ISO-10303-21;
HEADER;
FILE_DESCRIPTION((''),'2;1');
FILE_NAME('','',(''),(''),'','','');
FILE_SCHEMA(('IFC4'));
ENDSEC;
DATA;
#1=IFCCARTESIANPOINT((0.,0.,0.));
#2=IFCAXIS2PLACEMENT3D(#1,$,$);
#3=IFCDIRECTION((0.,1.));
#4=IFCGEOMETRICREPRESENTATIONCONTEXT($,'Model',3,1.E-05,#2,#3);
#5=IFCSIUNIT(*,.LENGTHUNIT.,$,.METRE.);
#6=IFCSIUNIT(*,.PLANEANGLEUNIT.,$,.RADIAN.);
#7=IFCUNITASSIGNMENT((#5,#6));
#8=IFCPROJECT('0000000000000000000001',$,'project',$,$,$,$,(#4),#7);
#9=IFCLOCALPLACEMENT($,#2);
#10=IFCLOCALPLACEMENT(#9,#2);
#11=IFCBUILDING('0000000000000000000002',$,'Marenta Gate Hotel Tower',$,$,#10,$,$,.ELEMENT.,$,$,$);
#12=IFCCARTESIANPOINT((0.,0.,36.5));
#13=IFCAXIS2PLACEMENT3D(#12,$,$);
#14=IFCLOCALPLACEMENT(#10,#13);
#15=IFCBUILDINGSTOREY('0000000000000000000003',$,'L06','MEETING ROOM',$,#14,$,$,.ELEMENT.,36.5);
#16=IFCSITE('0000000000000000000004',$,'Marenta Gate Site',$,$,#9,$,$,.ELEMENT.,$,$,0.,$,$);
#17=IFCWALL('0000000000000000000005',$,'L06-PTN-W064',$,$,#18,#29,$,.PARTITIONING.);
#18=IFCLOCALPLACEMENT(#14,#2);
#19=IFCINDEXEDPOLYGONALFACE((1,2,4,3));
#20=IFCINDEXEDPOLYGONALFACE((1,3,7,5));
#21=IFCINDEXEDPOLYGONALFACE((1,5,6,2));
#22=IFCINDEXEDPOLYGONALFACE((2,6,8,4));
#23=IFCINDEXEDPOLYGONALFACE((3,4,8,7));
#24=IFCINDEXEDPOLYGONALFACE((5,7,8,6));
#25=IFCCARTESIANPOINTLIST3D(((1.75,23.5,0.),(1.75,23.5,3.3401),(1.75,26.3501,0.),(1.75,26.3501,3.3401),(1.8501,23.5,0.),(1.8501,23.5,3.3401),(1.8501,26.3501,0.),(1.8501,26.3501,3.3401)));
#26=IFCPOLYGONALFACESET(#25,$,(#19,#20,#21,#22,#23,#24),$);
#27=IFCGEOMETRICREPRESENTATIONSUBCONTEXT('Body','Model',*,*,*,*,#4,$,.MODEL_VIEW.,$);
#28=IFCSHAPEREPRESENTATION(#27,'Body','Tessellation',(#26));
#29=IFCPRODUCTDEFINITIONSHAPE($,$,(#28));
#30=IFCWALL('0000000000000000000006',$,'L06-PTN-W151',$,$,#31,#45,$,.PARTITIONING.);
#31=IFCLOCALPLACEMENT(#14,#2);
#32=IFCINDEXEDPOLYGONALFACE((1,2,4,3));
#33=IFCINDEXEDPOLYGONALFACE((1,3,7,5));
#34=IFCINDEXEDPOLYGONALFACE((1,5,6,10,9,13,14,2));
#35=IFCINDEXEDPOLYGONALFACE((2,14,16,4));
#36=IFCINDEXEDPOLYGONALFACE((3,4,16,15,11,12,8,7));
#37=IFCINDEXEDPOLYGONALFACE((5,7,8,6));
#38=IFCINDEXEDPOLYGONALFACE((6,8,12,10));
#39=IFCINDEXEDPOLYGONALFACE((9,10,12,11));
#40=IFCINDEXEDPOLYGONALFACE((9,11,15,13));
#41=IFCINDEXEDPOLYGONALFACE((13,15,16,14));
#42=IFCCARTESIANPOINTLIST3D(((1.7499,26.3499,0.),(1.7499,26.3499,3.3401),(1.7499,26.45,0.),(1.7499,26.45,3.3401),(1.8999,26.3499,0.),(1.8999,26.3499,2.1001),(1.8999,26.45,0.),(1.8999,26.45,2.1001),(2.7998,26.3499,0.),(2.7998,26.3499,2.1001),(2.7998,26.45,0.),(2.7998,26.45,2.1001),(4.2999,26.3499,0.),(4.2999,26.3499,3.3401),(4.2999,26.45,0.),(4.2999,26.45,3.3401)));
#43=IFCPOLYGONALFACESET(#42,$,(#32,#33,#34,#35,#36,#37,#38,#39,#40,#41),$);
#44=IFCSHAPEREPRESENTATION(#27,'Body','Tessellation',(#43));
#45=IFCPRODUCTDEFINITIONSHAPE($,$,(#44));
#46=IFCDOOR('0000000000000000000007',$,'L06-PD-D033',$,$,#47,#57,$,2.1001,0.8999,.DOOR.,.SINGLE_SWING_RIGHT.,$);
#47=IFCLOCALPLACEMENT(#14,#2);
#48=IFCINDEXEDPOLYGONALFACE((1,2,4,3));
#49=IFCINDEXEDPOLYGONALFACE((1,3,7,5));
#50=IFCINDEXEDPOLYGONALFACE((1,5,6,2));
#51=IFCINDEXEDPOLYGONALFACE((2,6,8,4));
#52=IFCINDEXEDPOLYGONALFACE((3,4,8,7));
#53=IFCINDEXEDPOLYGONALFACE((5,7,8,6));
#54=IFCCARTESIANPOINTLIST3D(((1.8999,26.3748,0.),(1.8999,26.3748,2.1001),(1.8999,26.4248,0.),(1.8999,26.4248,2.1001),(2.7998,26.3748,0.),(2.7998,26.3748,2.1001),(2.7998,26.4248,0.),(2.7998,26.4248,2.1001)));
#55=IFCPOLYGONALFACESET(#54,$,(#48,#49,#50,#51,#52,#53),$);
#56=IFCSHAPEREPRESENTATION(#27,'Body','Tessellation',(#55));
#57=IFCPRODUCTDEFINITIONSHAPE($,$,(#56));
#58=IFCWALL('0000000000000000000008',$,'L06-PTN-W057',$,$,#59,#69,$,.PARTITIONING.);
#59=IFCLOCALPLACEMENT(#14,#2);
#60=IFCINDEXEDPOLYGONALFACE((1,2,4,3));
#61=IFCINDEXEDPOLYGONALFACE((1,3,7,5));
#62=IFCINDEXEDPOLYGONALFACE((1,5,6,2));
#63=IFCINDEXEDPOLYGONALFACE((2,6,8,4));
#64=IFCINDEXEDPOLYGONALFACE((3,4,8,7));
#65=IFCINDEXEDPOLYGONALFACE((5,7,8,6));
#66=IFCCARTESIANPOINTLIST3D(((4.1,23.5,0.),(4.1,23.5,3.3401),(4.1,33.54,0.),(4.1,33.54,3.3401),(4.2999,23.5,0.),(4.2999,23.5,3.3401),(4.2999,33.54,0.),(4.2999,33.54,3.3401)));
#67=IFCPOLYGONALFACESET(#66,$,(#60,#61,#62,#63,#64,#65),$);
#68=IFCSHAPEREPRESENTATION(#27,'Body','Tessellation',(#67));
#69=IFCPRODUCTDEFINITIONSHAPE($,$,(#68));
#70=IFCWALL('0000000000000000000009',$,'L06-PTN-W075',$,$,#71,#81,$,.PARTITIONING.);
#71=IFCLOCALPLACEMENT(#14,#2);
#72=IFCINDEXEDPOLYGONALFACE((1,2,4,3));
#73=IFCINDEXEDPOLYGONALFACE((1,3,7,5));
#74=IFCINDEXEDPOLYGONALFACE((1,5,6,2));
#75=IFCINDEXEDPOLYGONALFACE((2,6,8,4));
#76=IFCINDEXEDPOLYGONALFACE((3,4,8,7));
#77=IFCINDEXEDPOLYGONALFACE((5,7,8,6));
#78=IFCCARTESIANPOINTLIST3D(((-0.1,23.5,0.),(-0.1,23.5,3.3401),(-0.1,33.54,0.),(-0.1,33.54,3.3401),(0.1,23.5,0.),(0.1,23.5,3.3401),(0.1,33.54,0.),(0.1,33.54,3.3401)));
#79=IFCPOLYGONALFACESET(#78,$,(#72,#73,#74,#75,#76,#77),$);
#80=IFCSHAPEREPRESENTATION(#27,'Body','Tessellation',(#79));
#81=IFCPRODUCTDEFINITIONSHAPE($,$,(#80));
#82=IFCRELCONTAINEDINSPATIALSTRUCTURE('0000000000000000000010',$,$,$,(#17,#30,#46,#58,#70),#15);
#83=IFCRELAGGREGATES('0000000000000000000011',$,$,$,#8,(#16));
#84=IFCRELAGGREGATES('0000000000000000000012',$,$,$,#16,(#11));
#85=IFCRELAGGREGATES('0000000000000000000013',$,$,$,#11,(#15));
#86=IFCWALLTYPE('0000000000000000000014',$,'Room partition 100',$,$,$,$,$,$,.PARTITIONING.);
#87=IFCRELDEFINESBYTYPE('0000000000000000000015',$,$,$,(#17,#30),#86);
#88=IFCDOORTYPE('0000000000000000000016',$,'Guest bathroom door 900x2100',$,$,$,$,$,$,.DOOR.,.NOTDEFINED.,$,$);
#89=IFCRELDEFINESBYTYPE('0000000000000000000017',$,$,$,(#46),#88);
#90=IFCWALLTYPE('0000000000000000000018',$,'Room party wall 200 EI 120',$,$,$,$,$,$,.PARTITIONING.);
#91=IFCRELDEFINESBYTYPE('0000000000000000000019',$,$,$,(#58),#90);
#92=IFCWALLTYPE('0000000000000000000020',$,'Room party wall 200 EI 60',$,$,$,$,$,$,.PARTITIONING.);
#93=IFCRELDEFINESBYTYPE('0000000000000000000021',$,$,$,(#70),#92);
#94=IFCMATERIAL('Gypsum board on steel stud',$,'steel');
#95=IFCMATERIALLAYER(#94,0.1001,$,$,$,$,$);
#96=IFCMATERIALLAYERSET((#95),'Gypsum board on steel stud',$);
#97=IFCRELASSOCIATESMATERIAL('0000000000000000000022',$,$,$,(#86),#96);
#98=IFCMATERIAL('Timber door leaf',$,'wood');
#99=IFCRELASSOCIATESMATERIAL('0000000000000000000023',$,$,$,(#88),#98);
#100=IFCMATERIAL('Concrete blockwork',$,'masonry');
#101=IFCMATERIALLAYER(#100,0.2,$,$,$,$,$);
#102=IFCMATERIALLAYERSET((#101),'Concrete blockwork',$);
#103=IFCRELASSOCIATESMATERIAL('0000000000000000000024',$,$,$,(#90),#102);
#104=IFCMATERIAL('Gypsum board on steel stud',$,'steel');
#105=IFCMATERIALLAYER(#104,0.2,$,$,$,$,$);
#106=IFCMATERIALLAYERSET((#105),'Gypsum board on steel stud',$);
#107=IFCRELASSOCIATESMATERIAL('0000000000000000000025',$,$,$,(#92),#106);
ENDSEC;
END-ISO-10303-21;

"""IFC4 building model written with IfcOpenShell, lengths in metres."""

from ifc_helpers import new_model, si_unit, direction, frame, frame_2d, origin, place, context, subcontext, project, spatial, rectangle, extrude, material, layer, layer_set, type_object, element, fill, save


model = new_model("IFC4")

# Units and contexts
model_context = context("Model", 3, precision=1e-05, world=origin(), true_north=direction((0.0, 1.0)))
body_context = subcontext(model_context, "Body", "Model", "MODEL_VIEW")
ifc_project = project(units=[si_unit("LENGTHUNIT", "METRE"), si_unit("PLANEANGLEUNIT", "RADIAN")], contexts=[model_context])

# Site, building, storey
site_placement = place(None, origin())
site = spatial("IfcSite", under=ifc_project, at=site_placement, Name="Marenta Gate Site", CompositionType="ELEMENT", RefElevation=0.0)
building_placement = place(site_placement, origin())
building = spatial("IfcBuilding", under=site, at=building_placement, Name="Marenta Gate Hotel Tower", CompositionType="ELEMENT")
storey_placement = place(building_placement, frame((0.0, 0.0, 36.5)))
storey = spatial("IfcBuildingStorey", under=building, at=storey_placement, Name="L06", Description="MEETING ROOM", CompositionType="ELEMENT", Elevation=36.5)

# Wall
ifc_material_1 = material(Name="Gypsum board on steel stud", Category="steel")
ifc_layer_1 = layer(ifc_material_1, 0.1001)
ifc_layer_set_1 = layer_set([ifc_layer_1], Name="Gypsum board on steel stud")
wall_type_1 = type_object("IfcWallType", Name="Room partition 100", PredefinedType="PARTITIONING", material=ifc_layer_set_1)
wall_1_placement = place(storey_placement, frame((1.8, 23.5, 0.0), z_axis=(0.0, 0.0, 1.0), x_axis=(0.0, 1.0, 0.0)))
element("IfcWall", 1, at=wall_1_placement, inside=storey, type_object=wall_type_1, Name="L06-PTN-W064", PredefinedType="PARTITIONING", context=body_context, shape_type="SweptSolid", body=[
    extrude(rectangle(XDim=2.8501, YDim=0.1001, at=frame_2d((1.425, 0.0))), origin(), (0.0, 0.0, 1.0), 3.3401),
])

# Wall, opening, door
wall_2_placement = place(storey_placement, frame((1.75, 26.3999, 0.0), z_axis=(0.0, 0.0, 1.0), x_axis=(1.0, 0.0, 0.0)))
wall_2 = element("IfcWall", 2, at=wall_2_placement, inside=storey, type_object=wall_type_1, Name="L06-PTN-W151", PredefinedType="PARTITIONING", context=body_context, shape_type="SweptSolid", body=[
    extrude(rectangle(XDim=2.55, YDim=0.1001, at=frame_2d((1.2749, 0.0))), origin(), (0.0, 0.0, 1.0), 3.3401),
])
opening_1_placement = place(wall_2_placement, frame((0.1499, 0.0, 0.0)))
opening_1 = element("IfcOpeningElement", 3, at=opening_1_placement, cuts=wall_2, PredefinedType="OPENING", context=body_context, shape_type="SweptSolid", body=[
    extrude(rectangle(XDim=0.8999, YDim=2.1001, at=frame_2d((0.45, 1.05))), frame((0.0, 0.05, 0.0), z_axis=(0.0, -1.0, 0.0), x_axis=(1.0, 0.0, 0.0)), (0.0, 0.0, 1.0), 0.1001),
])
ifc_material_2 = material(Name="Timber door leaf", Category="wood")
door_type_1 = type_object("IfcDoorType", Name="Guest bathroom door 900x2100", OperationType="NOTDEFINED", PredefinedType="DOOR", material=ifc_material_2)
door_1_placement = place(opening_1_placement, origin())
door_1 = element("IfcDoor", 4, at=door_1_placement, inside=storey, type_object=door_type_1, Name="L06-PD-D033", OperationType="SINGLE_SWING_RIGHT", OverallHeight=2.1001, OverallWidth=0.8999, PredefinedType="DOOR", context=body_context, shape_type="SweptSolid", body=[
    extrude(rectangle(XDim=0.8999, YDim=2.1001, at=frame_2d((0.45, 1.05))), frame((0.0, 0.0249, 0.0), z_axis=(0.0, -1.0, 0.0), x_axis=(1.0, 0.0, 0.0)), (0.0, 0.0, 1.0), 0.05),
])
fill(opening_1, door_1)

# Walls
ifc_material_3 = material(Name="Concrete blockwork", Category="masonry")
ifc_layer_2 = layer(ifc_material_3, 0.2)
ifc_layer_set_2 = layer_set([ifc_layer_2], Name="Concrete blockwork")
wall_type_2 = type_object("IfcWallType", Name="Room party wall 200 EI 120", PredefinedType="PARTITIONING", material=ifc_layer_set_2)
wall_3_placement = place(storey_placement, frame((4.2, 23.5, 0.0), z_axis=(0.0, 0.0, 1.0), x_axis=(0.0, 1.0, 0.0)))
element("IfcWall", 5, at=wall_3_placement, inside=storey, type_object=wall_type_2, Name="L06-PTN-W057", PredefinedType="PARTITIONING", context=body_context, shape_type="SweptSolid", body=[
    extrude(rectangle(XDim=10.04, YDim=0.2, at=frame_2d((5.02, 0.0))), origin(), (0.0, 0.0, 1.0), 3.3401),
])
ifc_material_4 = material(Name="Gypsum board on steel stud", Category="steel")
ifc_layer_3 = layer(ifc_material_4, 0.2)
ifc_layer_set_3 = layer_set([ifc_layer_3], Name="Gypsum board on steel stud")
wall_type_3 = type_object("IfcWallType", Name="Room party wall 200 EI 60", PredefinedType="PARTITIONING", material=ifc_layer_set_3)
wall_4_placement = place(storey_placement, frame((0.0, 23.5, 0.0), z_axis=(0.0, 0.0, 1.0), x_axis=(0.0, 1.0, 0.0)))
element("IfcWall", 6, at=wall_4_placement, inside=storey, type_object=wall_type_3, Name="L06-PTN-W075", PredefinedType="PARTITIONING", context=body_context, shape_type="SweptSolid", body=[
    extrude(rectangle(XDim=10.04, YDim=0.2, at=frame_2d((5.02, 0.0))), origin(), (0.0, 0.0, 1.0), 3.3401),
])

save(model, "model.ifc")
